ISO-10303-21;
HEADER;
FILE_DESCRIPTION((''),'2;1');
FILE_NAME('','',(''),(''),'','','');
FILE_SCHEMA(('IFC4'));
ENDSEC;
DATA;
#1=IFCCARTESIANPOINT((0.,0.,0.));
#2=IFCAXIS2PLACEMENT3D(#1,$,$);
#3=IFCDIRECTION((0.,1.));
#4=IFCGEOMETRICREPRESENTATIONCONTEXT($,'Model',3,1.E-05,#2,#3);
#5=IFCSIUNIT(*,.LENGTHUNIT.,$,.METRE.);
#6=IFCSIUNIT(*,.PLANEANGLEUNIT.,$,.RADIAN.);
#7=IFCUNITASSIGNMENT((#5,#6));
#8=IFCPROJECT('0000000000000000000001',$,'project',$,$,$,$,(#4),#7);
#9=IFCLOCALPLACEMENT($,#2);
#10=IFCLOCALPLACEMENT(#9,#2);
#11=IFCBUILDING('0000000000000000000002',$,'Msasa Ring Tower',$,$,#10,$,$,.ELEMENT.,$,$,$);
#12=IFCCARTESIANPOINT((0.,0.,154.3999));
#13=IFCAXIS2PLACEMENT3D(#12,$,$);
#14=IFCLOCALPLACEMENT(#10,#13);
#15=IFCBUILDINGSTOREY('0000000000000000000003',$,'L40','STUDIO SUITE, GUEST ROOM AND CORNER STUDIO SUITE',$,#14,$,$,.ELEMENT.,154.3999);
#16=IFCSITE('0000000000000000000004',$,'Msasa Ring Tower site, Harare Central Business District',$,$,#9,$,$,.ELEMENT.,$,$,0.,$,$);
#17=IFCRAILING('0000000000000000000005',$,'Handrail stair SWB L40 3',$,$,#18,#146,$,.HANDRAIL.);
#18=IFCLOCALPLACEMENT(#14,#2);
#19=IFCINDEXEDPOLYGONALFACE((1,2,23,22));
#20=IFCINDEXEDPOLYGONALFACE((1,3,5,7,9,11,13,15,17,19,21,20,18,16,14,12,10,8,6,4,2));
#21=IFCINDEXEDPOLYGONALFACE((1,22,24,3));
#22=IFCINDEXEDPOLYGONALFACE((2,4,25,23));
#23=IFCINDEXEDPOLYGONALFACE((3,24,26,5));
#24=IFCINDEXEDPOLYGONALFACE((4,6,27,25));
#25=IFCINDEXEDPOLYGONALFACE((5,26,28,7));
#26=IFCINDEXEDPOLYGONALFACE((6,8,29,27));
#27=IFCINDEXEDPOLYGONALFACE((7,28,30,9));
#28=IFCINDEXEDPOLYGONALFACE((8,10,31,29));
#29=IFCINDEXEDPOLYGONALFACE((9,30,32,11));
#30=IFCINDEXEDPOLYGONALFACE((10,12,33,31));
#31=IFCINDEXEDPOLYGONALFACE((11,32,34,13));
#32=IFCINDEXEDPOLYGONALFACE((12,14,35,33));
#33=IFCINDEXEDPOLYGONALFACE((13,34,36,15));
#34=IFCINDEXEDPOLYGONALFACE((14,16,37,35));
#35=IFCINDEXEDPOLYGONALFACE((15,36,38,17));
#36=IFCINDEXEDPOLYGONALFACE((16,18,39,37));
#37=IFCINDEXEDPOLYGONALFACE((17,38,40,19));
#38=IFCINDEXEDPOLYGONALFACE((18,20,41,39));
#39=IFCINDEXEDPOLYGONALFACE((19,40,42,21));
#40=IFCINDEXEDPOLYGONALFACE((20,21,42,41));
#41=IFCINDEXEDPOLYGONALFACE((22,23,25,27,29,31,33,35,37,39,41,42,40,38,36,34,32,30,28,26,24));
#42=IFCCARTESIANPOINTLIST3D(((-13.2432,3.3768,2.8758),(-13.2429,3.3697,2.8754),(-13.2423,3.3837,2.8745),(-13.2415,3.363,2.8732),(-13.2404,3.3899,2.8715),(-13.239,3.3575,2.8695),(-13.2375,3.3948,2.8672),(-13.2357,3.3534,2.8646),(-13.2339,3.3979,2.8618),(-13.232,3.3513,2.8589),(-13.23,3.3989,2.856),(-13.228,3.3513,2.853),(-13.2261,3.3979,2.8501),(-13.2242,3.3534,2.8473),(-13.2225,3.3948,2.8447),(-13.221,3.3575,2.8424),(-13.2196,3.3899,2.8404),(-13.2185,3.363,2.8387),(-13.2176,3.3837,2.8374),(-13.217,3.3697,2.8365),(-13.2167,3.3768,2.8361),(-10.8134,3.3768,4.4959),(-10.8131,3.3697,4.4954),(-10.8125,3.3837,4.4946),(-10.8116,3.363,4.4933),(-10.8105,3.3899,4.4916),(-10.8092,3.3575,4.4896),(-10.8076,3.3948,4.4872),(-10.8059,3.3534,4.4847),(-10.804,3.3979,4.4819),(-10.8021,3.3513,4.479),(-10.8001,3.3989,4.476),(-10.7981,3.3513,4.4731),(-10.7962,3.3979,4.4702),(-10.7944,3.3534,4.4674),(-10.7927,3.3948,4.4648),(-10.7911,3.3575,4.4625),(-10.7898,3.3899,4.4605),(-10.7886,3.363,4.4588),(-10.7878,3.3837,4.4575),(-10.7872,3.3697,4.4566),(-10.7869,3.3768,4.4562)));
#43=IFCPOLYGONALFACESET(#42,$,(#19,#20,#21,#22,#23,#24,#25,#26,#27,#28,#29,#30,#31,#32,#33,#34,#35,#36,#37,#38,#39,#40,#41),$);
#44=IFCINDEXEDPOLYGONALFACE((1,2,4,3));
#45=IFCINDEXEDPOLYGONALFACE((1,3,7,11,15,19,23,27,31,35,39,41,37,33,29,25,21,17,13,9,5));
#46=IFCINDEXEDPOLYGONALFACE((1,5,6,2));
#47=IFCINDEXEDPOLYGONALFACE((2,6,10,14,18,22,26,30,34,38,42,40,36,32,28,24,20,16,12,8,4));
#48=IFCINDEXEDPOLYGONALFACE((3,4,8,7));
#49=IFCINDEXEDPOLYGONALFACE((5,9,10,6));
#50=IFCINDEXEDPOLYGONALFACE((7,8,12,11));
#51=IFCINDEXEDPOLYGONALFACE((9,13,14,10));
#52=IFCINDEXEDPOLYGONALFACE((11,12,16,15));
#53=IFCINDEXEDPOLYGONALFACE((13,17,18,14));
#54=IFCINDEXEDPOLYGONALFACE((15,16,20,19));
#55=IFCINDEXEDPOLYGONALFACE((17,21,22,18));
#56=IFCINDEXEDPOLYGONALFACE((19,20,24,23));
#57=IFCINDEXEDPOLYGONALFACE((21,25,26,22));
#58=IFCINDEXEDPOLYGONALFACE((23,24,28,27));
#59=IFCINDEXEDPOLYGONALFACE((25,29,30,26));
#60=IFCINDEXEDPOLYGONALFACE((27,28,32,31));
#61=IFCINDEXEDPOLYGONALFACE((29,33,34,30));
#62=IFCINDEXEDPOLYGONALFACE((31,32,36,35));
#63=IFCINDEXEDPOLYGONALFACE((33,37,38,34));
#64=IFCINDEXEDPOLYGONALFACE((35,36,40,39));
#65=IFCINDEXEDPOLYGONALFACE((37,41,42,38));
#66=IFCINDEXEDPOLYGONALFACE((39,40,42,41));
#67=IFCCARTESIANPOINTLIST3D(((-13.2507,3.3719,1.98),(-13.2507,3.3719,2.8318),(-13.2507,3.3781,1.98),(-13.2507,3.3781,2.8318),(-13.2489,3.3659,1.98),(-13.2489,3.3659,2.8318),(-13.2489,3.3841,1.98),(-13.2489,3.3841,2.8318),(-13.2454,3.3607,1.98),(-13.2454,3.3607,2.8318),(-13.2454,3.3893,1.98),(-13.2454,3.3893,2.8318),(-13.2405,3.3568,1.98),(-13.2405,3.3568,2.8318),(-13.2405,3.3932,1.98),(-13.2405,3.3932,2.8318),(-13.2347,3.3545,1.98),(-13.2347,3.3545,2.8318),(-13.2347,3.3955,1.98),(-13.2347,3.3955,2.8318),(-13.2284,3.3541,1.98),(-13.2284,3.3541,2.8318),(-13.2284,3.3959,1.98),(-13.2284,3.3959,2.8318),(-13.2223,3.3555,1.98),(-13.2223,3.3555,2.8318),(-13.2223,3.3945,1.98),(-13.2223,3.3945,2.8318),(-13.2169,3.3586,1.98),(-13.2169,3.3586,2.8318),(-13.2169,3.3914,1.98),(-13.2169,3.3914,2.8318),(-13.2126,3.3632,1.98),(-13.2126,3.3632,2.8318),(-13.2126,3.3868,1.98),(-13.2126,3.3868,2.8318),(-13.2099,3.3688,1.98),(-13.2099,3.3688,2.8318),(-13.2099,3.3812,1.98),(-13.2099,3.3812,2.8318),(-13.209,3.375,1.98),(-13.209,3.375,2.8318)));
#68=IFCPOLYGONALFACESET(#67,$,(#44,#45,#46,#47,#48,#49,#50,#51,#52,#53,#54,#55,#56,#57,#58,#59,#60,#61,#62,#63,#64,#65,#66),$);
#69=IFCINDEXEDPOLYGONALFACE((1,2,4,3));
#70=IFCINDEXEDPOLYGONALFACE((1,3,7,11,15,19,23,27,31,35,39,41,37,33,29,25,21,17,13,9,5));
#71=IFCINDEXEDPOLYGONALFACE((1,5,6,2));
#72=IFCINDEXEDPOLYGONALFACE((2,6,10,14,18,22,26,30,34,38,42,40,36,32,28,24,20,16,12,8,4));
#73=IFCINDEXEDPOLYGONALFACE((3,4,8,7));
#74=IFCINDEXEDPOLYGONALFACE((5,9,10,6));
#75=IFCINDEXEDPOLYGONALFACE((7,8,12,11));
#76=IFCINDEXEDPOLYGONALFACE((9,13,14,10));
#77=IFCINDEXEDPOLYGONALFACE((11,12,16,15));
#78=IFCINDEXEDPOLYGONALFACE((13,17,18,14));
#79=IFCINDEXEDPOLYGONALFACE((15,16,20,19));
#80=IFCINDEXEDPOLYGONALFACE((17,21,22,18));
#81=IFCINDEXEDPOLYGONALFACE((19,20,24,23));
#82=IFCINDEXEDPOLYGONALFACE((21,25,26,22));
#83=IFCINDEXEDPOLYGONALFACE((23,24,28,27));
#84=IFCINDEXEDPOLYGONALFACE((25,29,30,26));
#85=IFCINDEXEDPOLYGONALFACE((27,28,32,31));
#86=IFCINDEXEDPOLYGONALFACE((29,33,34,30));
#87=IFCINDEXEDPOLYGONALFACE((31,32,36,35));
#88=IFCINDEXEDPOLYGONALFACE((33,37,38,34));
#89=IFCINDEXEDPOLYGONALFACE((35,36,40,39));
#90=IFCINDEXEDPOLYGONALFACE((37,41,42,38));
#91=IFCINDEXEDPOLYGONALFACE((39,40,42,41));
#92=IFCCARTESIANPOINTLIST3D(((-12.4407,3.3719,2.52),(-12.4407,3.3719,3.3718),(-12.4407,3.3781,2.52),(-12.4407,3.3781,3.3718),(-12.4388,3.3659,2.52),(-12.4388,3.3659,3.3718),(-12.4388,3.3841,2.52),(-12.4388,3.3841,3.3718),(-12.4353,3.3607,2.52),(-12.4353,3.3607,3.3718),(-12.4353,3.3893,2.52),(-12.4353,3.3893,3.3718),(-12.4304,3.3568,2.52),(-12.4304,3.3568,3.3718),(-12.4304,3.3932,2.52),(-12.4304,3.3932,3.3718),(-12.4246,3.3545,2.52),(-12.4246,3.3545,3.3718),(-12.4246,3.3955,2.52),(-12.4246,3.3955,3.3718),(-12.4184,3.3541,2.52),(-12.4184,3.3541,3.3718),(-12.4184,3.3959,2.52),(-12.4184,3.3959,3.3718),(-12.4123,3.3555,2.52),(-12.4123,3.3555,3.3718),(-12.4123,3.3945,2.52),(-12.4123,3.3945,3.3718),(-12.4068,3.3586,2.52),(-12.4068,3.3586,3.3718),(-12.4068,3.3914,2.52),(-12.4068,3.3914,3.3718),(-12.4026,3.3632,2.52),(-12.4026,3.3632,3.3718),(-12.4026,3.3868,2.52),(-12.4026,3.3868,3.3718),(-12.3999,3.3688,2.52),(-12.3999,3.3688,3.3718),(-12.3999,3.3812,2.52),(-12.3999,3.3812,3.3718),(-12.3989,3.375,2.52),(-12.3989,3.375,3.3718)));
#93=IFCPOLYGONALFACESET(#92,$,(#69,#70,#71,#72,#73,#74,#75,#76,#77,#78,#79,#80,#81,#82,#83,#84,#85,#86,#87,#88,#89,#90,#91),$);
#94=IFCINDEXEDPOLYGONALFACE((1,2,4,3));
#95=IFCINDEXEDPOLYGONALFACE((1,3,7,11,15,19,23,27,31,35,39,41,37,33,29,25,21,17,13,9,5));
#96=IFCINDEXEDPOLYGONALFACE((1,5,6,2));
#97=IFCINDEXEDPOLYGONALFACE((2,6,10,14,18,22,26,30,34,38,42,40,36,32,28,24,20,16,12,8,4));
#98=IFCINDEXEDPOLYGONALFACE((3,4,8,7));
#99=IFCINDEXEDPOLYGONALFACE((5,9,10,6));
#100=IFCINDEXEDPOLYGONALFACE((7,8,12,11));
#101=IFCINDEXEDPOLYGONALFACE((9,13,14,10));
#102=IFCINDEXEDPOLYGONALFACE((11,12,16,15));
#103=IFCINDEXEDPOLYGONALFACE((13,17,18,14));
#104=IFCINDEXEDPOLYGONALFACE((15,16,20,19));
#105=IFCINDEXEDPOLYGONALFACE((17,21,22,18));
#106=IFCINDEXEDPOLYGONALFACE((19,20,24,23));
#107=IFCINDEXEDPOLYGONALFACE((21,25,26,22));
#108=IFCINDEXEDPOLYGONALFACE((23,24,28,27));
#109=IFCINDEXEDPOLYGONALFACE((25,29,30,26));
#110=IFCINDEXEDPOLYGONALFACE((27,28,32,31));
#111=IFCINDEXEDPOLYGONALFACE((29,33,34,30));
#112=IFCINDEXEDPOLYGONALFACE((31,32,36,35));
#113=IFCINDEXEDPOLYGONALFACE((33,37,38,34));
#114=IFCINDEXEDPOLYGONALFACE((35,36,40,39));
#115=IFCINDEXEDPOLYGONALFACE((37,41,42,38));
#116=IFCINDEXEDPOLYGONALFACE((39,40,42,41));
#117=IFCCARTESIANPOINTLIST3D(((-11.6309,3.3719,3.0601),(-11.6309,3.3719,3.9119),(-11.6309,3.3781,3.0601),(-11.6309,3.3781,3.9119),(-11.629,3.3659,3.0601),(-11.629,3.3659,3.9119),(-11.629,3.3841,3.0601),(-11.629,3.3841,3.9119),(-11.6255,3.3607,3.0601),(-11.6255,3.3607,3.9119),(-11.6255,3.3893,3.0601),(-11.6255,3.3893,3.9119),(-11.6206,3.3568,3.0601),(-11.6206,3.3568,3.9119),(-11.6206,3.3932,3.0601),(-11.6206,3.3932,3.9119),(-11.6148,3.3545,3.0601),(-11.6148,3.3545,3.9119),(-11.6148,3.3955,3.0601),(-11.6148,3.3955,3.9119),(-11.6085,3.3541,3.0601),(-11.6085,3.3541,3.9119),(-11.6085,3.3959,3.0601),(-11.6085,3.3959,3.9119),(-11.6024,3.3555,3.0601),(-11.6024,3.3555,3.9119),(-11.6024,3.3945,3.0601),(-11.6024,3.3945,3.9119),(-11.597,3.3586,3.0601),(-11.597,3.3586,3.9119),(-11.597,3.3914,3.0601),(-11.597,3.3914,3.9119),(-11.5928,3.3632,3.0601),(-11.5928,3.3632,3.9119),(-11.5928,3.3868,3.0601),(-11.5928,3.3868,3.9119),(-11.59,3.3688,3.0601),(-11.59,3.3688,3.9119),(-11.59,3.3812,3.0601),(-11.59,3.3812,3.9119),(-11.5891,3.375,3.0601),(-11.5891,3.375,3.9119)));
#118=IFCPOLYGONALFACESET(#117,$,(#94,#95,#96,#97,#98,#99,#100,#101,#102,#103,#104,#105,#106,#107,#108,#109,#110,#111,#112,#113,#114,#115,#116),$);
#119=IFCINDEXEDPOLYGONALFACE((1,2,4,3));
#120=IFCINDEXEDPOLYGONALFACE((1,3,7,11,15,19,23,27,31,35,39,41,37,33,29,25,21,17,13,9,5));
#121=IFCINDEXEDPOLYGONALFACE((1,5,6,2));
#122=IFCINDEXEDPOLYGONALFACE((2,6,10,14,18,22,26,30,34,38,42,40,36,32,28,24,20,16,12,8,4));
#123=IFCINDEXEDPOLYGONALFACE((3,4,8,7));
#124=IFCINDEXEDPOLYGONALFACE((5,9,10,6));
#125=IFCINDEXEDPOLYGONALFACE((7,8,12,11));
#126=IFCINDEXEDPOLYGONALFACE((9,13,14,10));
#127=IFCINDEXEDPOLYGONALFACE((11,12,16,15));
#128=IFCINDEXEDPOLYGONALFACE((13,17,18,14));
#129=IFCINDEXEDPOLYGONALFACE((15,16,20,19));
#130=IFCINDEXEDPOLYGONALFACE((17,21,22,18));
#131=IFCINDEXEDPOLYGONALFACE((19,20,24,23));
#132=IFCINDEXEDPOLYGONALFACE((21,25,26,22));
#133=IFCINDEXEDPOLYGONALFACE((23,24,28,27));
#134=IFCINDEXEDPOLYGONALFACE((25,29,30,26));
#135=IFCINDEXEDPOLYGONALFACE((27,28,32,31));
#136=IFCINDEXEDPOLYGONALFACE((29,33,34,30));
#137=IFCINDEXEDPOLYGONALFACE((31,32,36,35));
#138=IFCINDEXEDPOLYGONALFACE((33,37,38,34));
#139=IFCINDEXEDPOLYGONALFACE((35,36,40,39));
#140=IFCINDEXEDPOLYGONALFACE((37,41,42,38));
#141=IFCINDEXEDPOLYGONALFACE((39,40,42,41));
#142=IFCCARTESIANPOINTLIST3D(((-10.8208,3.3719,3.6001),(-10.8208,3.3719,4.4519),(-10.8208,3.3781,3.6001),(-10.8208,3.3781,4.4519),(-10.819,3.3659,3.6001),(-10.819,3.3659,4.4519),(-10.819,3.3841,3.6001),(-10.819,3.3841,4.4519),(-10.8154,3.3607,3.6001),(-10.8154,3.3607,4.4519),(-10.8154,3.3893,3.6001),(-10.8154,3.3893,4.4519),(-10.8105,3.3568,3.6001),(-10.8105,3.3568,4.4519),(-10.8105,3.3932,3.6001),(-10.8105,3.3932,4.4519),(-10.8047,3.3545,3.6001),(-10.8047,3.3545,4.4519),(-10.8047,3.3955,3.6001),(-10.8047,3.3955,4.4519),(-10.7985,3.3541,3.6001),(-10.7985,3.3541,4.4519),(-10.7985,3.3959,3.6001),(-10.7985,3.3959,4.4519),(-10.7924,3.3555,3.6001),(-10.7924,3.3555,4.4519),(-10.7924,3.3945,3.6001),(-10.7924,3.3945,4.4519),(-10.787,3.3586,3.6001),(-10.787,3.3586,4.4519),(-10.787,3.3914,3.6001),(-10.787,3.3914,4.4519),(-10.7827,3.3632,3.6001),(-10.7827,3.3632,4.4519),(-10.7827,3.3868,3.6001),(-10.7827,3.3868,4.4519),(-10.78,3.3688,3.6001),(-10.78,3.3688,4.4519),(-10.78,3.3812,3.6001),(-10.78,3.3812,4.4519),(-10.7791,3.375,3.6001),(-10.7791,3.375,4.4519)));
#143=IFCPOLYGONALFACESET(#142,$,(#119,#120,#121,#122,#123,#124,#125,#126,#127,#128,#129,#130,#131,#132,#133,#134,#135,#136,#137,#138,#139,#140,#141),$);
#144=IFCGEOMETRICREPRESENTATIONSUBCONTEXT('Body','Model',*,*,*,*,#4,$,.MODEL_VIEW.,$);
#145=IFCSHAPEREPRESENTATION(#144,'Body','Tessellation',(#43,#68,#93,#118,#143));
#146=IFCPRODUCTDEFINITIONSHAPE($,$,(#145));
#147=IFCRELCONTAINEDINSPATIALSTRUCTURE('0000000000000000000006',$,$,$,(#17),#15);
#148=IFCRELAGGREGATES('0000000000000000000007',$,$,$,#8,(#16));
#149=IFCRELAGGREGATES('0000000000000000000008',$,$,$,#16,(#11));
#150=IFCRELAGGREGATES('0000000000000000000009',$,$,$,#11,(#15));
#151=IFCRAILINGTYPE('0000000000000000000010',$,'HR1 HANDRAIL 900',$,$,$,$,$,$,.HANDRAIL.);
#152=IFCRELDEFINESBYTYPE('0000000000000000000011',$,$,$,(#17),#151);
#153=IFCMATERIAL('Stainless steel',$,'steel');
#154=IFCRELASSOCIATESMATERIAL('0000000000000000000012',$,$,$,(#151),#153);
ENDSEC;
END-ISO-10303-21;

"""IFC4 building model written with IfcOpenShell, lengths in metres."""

from ifc_helpers import new_model, si_unit, direction, frame, origin, origin_2d, place, context, subcontext, project, spatial, circle, extrude, material, type_object, element, save


model = new_model("IFC4")

# Units and contexts
model_context = context("Model", 3, precision=1e-05, world=origin(), true_north=direction((0.0, 1.0)))
body_context = subcontext(model_context, "Body", "Model", "MODEL_VIEW")
ifc_project = project(units=[si_unit("LENGTHUNIT", "METRE"), si_unit("PLANEANGLEUNIT", "RADIAN")], contexts=[model_context])

# Site, building, storey
site_placement = place(None, origin())
site = spatial("IfcSite", under=ifc_project, at=site_placement, Name="Msasa Ring Tower site, Harare Central Business District", CompositionType="ELEMENT", RefElevation=0.0)
building_placement = place(site_placement, origin())
building = spatial("IfcBuilding", under=site, at=building_placement, Name="Msasa Ring Tower", CompositionType="ELEMENT")
storey_placement = place(building_placement, frame((0.0, 0.0, 154.3999)))
storey = spatial("IfcBuildingStorey", under=building, at=storey_placement, Name="L40", Description="STUDIO SUITE, GUEST ROOM AND CORNER STUDIO SUITE", CompositionType="ELEMENT", Elevation=154.3999)

# Railing
ifc_material_1 = material(Name="Stainless steel", Category="steel")
railing_type = type_object("IfcRailingType", Name="HR1 HANDRAIL 900", PredefinedType="HANDRAIL", material=ifc_material_1)
for number, where, name in (
    (1, (-13.23, 3.375, 1.98), "Handrail stair SWB L40 3"),
):
    element("IfcRailing", number, at=place(storey_placement, frame(where)), inside=storey, type_object=railing_type, Name=name, PredefinedType="HANDRAIL", context=body_context, shape_type="SweptSolid", body=[
        extrude(circle(Radius=0.0239, at=origin_2d()), frame((0.0, 0.0, 0.876), z_axis=(0.832025, 0.0, 0.554739), x_axis=(0.0, 1.0, 0.0)), (0.0, 0.0, 1.0), 2.9204),
        extrude(circle(Radius=0.021, at=origin_2d()), origin(), (0.0, 0.0, 1.0), 0.8518),
        extrude(circle(Radius=0.021, at=origin_2d()), frame((0.8101, 0.0, 0.54)), (0.0, 0.0, 1.0), 0.8518),
        extrude(circle(Radius=0.021, at=origin_2d()), frame((1.6199, 0.0, 1.0801)), (0.0, 0.0, 1.0), 0.8518),
        extrude(circle(Radius=0.021, at=origin_2d()), frame((2.4299, 0.0, 1.6201)), (0.0, 0.0, 1.0), 0.8518),
    ])

save(model, "model.ifc")
